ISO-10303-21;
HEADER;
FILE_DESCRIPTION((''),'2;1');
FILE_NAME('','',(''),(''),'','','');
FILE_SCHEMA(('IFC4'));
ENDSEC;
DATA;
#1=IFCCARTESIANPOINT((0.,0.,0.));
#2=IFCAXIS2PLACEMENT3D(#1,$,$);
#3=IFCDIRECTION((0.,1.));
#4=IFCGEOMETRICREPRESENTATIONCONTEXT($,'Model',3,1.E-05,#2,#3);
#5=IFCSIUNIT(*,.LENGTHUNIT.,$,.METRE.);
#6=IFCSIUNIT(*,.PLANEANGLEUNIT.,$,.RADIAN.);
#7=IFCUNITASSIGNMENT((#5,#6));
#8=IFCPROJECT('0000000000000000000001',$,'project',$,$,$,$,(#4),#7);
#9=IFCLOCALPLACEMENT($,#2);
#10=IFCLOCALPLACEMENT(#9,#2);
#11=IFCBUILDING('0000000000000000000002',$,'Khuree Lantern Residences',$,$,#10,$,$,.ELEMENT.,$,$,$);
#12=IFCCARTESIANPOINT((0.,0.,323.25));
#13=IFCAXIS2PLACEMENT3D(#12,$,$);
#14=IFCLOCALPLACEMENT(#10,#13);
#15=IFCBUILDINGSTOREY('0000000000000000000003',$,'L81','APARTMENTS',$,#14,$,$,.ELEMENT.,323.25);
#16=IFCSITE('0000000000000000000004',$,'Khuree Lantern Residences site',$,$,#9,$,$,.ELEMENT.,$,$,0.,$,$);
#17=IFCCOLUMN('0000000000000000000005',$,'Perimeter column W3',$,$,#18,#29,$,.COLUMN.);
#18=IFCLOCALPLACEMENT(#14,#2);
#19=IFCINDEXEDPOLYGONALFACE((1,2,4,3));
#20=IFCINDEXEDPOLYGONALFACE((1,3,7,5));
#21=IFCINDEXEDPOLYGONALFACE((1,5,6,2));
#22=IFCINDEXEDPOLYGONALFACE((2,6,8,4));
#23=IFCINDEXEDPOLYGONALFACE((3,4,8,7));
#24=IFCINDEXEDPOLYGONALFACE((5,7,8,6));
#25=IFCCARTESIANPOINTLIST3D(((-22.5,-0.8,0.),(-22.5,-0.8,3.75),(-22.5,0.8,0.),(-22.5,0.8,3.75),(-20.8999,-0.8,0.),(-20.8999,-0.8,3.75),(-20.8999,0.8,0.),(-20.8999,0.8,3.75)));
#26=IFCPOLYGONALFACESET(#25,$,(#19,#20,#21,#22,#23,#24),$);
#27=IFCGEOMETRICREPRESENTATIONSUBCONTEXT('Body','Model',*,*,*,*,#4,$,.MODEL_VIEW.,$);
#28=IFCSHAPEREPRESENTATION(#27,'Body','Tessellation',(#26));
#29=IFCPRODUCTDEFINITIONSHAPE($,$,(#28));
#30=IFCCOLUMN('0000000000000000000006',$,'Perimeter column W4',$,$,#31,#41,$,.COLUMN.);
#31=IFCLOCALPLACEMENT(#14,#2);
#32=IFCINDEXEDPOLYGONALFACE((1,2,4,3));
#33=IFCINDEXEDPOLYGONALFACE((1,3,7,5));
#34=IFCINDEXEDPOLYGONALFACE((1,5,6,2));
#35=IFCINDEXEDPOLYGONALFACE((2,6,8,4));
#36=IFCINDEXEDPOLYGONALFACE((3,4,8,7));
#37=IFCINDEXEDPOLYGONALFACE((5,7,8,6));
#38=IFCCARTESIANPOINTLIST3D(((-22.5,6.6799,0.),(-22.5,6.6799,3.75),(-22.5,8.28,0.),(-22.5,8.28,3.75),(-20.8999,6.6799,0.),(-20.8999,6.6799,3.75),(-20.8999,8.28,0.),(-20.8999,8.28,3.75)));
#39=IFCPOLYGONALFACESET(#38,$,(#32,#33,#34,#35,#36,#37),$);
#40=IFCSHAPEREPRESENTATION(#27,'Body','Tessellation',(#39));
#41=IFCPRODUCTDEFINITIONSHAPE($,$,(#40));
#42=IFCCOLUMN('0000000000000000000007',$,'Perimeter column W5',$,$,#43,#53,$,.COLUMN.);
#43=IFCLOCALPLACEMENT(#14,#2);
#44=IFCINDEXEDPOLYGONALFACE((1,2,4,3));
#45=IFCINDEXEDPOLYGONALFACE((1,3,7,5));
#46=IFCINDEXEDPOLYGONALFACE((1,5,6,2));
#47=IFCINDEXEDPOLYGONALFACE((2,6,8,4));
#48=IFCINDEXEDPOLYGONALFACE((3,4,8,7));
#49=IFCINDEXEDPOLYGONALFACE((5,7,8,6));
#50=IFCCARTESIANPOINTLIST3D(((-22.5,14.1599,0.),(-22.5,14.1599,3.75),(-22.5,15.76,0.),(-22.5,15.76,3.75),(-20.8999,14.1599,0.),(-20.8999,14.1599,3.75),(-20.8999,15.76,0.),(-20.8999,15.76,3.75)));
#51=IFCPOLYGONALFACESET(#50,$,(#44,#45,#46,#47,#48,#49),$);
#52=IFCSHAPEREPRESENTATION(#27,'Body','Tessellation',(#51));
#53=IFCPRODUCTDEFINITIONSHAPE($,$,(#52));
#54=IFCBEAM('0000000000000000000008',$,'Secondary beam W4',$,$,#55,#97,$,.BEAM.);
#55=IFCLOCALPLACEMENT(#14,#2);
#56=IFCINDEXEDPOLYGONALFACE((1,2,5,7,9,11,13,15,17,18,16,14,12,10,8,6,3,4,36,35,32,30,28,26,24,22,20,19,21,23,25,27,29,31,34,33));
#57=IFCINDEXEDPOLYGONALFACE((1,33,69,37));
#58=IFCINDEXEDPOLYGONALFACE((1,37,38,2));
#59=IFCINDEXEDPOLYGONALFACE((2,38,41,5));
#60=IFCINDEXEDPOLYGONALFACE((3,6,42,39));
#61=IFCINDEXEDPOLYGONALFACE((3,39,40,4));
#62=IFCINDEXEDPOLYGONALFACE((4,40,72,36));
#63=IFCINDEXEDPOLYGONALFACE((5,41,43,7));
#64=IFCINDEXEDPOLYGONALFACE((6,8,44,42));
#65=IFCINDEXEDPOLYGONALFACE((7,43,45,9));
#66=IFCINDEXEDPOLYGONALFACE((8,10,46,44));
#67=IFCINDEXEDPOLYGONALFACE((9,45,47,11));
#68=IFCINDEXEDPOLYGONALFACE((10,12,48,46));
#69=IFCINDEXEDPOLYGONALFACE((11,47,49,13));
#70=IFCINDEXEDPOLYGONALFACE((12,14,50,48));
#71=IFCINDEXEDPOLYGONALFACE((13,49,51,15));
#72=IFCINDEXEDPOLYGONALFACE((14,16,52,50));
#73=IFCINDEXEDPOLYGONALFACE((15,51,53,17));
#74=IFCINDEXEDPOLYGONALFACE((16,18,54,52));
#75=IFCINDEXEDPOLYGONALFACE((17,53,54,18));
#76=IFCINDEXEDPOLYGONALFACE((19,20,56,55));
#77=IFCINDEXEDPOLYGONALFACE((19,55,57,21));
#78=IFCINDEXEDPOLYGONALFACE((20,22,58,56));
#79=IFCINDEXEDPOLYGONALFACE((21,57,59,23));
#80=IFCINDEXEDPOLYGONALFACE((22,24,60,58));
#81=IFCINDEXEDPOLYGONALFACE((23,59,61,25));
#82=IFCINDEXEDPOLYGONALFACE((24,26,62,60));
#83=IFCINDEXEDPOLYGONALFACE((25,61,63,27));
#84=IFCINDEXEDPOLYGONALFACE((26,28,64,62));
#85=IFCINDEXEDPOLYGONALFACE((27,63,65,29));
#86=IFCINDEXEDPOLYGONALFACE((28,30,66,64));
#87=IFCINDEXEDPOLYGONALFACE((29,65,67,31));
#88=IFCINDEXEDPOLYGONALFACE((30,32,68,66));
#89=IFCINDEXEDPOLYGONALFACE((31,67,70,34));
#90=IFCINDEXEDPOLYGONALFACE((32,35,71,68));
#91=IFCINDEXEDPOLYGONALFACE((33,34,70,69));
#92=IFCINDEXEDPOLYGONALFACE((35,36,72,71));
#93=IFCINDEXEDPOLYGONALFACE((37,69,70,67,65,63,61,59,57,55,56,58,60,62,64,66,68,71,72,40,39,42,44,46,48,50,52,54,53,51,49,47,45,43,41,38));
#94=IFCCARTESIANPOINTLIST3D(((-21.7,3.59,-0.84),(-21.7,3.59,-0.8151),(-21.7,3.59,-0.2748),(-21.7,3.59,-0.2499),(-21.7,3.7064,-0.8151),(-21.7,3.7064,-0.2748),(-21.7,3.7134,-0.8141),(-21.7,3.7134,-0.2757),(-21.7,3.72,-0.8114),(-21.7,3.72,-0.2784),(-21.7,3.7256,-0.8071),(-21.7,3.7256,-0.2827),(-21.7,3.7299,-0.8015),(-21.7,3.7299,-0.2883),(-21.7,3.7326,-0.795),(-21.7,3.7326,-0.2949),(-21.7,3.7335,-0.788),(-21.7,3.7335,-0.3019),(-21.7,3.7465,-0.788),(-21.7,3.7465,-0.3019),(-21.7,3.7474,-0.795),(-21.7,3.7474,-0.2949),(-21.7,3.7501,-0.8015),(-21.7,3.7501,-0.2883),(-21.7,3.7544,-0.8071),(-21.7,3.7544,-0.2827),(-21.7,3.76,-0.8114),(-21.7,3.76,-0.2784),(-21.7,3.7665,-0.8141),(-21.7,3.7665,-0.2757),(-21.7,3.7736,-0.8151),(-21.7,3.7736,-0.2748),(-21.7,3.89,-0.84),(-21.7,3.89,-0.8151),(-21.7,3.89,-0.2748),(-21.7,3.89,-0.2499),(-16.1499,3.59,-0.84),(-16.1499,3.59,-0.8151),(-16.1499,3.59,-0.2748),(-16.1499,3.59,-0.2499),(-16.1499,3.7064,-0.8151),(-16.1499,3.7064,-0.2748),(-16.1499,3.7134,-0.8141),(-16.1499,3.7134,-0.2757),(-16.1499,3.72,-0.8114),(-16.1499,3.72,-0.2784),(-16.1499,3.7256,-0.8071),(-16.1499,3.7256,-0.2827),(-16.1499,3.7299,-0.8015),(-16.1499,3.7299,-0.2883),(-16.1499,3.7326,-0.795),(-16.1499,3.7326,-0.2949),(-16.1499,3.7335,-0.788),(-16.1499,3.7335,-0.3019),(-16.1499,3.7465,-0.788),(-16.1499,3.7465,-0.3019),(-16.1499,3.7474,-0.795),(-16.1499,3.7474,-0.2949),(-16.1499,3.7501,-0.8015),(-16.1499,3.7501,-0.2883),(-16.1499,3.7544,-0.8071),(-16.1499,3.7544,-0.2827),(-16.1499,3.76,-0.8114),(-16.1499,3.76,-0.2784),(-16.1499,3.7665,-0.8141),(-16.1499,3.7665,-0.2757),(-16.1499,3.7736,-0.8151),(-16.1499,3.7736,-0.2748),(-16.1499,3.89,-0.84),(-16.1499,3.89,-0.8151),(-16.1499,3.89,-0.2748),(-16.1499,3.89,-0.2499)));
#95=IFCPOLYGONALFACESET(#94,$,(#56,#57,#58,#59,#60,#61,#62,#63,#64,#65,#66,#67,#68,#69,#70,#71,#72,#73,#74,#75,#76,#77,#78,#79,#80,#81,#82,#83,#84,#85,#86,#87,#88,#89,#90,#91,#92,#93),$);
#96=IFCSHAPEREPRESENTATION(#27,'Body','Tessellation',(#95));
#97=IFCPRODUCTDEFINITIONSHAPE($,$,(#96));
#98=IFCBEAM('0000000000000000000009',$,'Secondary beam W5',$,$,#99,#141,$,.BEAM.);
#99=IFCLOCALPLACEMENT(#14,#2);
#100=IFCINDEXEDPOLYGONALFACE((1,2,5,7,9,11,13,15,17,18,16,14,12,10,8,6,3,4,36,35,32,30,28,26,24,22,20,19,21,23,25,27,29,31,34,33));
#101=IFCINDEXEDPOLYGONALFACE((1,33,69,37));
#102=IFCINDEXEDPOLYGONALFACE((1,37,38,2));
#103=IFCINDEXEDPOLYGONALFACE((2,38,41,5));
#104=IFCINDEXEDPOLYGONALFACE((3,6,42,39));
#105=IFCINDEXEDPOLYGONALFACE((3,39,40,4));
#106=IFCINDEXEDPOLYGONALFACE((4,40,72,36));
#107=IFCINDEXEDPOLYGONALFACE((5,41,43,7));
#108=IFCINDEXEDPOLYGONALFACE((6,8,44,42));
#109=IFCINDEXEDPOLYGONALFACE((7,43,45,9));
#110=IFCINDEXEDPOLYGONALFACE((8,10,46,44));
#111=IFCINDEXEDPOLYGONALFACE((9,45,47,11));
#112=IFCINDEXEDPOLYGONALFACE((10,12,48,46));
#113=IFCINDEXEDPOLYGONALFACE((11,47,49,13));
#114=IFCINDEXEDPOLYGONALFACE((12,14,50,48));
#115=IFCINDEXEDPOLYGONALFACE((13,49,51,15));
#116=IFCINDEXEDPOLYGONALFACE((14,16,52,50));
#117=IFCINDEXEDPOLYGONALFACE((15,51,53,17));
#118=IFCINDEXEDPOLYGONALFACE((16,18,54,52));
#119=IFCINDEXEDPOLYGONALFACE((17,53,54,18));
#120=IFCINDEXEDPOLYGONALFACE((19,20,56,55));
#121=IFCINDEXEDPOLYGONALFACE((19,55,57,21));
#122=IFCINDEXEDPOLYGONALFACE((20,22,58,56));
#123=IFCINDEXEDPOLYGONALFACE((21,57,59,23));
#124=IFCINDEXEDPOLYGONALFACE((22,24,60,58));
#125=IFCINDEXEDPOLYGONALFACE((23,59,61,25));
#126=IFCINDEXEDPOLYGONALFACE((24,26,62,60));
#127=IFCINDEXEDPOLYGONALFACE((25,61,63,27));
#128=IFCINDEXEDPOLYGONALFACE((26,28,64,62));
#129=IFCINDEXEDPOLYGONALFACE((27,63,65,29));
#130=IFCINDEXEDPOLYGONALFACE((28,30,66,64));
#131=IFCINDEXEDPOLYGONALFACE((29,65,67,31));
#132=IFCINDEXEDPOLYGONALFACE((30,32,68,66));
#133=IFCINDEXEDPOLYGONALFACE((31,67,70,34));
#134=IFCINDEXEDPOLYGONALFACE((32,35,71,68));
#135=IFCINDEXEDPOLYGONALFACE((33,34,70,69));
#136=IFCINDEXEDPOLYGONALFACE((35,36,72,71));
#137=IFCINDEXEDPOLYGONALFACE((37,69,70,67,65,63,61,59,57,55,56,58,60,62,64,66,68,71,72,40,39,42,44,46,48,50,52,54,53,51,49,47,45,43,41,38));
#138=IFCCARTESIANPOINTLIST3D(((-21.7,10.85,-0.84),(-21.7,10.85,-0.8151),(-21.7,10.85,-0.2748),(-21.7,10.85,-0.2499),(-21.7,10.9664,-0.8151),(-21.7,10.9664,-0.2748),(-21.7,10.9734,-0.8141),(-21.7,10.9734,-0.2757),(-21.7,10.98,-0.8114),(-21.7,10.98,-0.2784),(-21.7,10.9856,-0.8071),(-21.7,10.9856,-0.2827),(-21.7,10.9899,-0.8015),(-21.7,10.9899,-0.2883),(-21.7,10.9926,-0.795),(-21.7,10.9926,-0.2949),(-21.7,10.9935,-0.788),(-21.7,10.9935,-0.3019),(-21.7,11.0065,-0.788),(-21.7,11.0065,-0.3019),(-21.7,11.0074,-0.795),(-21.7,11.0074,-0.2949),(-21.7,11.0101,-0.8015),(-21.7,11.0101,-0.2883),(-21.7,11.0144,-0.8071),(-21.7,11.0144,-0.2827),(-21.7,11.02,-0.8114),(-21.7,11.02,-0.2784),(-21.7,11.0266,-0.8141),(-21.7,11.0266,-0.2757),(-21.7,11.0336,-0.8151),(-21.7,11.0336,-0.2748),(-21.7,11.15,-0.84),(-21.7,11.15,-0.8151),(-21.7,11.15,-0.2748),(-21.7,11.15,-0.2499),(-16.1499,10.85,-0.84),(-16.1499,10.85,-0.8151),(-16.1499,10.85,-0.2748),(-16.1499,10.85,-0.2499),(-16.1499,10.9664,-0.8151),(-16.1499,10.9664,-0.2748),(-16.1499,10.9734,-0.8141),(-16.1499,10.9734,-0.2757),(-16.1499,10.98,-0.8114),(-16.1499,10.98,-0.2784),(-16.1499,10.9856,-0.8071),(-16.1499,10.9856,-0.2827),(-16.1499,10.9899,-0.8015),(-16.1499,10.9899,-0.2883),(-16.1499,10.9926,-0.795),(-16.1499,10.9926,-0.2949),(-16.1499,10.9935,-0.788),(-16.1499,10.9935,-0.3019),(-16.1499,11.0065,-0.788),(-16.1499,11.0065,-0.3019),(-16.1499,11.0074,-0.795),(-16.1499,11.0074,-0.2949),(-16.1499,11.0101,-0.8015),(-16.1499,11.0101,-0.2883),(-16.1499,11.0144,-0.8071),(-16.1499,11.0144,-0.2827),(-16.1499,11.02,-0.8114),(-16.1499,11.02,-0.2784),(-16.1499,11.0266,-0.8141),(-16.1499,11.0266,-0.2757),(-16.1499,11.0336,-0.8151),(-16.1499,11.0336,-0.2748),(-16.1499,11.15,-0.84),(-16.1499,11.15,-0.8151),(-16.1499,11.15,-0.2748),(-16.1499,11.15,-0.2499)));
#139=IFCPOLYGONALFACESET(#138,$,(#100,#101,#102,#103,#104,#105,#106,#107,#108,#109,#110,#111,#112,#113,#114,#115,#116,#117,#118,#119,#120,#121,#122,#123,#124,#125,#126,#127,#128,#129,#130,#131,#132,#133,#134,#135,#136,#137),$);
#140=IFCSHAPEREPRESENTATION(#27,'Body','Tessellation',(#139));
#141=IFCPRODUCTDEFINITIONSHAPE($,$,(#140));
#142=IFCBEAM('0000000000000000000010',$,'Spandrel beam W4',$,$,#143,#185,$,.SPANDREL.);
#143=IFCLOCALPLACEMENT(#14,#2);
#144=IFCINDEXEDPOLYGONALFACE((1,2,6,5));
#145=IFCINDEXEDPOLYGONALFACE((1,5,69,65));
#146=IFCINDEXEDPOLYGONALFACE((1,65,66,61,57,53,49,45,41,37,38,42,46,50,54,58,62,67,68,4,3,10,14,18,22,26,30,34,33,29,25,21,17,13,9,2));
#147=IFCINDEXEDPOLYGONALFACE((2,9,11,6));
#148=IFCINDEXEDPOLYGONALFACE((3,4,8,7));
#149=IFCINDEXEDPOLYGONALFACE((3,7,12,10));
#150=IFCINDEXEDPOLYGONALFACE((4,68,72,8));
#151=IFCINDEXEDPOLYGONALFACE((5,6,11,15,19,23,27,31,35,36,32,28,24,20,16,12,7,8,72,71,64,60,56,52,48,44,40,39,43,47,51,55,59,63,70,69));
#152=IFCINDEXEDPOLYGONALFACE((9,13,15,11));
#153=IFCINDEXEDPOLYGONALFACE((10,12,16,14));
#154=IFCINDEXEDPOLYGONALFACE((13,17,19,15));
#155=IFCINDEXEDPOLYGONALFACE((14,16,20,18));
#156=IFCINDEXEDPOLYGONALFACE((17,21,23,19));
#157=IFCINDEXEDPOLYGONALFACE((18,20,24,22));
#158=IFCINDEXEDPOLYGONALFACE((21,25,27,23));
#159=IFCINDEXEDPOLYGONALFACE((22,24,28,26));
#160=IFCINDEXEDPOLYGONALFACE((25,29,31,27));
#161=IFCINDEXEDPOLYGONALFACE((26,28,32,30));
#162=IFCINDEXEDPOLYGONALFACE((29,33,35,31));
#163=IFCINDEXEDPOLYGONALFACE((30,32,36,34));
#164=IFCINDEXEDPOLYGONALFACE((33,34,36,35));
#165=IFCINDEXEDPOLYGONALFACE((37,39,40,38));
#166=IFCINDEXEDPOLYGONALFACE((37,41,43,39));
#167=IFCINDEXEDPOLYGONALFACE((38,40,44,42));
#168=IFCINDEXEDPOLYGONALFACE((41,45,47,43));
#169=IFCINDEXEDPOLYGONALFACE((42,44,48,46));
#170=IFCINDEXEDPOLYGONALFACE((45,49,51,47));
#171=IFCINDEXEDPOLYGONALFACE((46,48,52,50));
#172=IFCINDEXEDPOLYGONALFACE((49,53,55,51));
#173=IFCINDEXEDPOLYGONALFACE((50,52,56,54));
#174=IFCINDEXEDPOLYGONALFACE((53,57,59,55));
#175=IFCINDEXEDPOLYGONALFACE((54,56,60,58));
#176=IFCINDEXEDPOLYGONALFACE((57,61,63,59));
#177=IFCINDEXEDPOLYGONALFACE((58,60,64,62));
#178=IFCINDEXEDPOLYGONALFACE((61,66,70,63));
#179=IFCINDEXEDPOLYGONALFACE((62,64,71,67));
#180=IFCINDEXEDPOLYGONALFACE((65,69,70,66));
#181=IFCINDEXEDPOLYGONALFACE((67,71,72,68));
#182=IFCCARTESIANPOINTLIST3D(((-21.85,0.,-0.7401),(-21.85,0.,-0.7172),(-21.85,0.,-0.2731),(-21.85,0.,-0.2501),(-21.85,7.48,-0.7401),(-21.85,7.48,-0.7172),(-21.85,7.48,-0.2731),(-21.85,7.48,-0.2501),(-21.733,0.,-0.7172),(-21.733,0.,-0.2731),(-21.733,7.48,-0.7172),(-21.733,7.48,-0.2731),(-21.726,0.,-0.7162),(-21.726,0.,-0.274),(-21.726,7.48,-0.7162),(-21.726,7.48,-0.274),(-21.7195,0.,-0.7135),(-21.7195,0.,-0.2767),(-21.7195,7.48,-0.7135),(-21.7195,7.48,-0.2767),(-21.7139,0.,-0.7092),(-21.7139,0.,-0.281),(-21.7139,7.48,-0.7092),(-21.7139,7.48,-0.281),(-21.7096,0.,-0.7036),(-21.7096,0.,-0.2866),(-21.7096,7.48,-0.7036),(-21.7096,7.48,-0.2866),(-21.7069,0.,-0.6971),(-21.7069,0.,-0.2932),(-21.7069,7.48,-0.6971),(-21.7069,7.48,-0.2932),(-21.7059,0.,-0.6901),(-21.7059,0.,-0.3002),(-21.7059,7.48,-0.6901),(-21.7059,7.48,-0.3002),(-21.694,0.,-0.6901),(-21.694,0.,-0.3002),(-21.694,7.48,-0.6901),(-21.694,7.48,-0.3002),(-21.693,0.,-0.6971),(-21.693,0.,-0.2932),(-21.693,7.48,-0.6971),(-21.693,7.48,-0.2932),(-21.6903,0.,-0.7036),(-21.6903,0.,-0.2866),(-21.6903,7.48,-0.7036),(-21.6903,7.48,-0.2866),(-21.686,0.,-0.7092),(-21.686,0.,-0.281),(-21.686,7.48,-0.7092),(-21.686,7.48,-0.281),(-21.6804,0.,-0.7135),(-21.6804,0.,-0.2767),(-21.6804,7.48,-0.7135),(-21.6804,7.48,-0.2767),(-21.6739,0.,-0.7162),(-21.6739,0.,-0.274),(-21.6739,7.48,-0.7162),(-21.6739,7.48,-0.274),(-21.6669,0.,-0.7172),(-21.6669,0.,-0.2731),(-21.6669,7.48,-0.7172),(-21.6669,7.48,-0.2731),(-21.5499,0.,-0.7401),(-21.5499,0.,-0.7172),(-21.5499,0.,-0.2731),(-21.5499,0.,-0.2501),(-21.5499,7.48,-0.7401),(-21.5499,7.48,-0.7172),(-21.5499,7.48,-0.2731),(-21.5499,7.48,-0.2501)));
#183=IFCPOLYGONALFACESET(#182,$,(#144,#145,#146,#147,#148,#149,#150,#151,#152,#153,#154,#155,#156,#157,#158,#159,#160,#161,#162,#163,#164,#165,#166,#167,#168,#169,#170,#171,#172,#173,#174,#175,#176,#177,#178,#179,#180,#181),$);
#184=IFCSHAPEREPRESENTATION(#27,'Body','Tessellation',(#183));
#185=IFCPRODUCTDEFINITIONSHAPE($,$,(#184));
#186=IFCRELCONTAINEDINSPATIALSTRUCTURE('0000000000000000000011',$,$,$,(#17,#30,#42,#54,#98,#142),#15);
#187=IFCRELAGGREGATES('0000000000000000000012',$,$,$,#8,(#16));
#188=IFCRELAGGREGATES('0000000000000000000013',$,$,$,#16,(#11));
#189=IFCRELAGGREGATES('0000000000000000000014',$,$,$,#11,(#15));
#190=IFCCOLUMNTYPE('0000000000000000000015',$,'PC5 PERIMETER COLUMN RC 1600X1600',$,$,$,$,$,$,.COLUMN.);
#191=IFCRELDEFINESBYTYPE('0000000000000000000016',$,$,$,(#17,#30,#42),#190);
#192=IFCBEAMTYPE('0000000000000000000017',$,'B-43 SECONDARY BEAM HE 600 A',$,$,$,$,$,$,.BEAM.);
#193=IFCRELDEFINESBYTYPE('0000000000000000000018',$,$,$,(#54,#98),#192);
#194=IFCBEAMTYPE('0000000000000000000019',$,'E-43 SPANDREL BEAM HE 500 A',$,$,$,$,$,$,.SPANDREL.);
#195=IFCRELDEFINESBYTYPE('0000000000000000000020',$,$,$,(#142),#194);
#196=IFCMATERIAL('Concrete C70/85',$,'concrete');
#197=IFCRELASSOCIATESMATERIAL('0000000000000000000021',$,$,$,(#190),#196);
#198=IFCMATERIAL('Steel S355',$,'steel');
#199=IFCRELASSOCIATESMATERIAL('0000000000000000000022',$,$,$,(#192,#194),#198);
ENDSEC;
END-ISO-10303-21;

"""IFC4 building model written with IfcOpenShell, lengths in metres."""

from ifc_helpers import new_model, si_unit, direction, frame, origin, origin_2d, place, context, subcontext, project, spatial, rectangle, i_section, extrude, material, material_profile, profile_set, type_object, element, save


model = new_model("IFC4")

# Units and contexts
model_context = context("Model", 3, precision=1e-05, world=origin(), true_north=direction((0.0, 1.0)))
body_context = subcontext(model_context, "Body", "Model", "MODEL_VIEW")
ifc_project = project(units=[si_unit("LENGTHUNIT", "METRE"), si_unit("PLANEANGLEUNIT", "RADIAN")], contexts=[model_context])

# Site, building, storey
site_placement = place(None, origin())
site = spatial("IfcSite", under=ifc_project, at=site_placement, Name="Khuree Lantern Residences site", CompositionType="ELEMENT", RefElevation=0.0)
building_placement = place(site_placement, origin())
building = spatial("IfcBuilding", under=site, at=building_placement, Name="Khuree Lantern Residences", CompositionType="ELEMENT")
storey_placement = place(building_placement, frame((0.0, 0.0, 323.25)))
storey = spatial("IfcBuildingStorey", under=building, at=storey_placement, Name="L81", Description="APARTMENTS", CompositionType="ELEMENT", Elevation=323.25)

# Columns
ifc_material_1 = material(Name="Concrete C70/85", Category="concrete")
ifc_material_profile_1 = material_profile(ifc_material_1, rectangle(XDim=1.6001, YDim=1.6001, at=origin_2d()), Name="RC 1600X1600")
ifc_profile_set_1 = profile_set([ifc_material_profile_1], Name="Concrete C70/85")
column_type = type_object("IfcColumnType", Name="PC5 PERIMETER COLUMN RC 1600X1600", PredefinedType="COLUMN", material=ifc_profile_set_1)
for number, where, z_axis, x_axis, name in (
    (1, (-21.7, 0.0, 0.0), (0.0, 0.0, 1.0), (0.0, 1.0, 0.0), "Perimeter column W3"),
    (2, (-21.7, 7.48, 0.0), (0.0, 0.0, 1.0), (0.0, 1.0, 0.0), "Perimeter column W4"),
    (3, (-21.7, 14.96, 0.0), (0.0, 0.0, 1.0), (0.0, 1.0, 0.0), "Perimeter column W5"),
):
    element("IfcColumn", number, at=place(storey_placement, frame(where, z_axis=z_axis, x_axis=x_axis)), inside=storey, type_object=column_type, Name=name, PredefinedType="COLUMN", context=body_context, shape_type="SweptSolid", body=[
        extrude(rectangle(XDim=1.6001, YDim=1.6001, at=origin_2d()), origin(), (0.0, 0.0, 1.0), 3.75),
    ])

# Beams
ifc_material_2 = material(Name="Steel S355", Category="steel")
ifc_material_profile_2 = material_profile(ifc_material_2, i_section(OverallWidth=0.3, OverallDepth=0.5901, WebThickness=0.0129, FlangeThickness=0.0249, FilletRadius=0.0271, at=origin_2d()), Name="HE 600 A")
ifc_profile_set_2 = profile_set([ifc_material_profile_2], Name="Steel S355")
beam_type_1 = type_object("IfcBeamType", Name="B-43 SECONDARY BEAM HE 600 A", PredefinedType="BEAM", material=ifc_profile_set_2)
for number, where, z_axis, x_axis, name in (
    (4, (-21.7, 3.74, -0.5449), (1.0, 0.0, 0.0), (0.0, 1.0, 0.0), "Secondary beam W4"),
    (5, (-21.7, 11.0, -0.5449), (1.0, 0.0, 0.0), (0.0, 1.0, 0.0), "Secondary beam W5"),
):
    element("IfcBeam", number, at=place(storey_placement, frame(where, z_axis=z_axis, x_axis=x_axis)), inside=storey, type_object=beam_type_1, Name=name, PredefinedType="BEAM", context=body_context, shape_type="SweptSolid", body=[
        extrude(i_section(OverallWidth=0.3, OverallDepth=0.5901, WebThickness=0.0129, FlangeThickness=0.0249, FilletRadius=0.0271, at=origin_2d()), origin(), (0.0, 0.0, 1.0), 5.55),
    ])
ifc_material_profile_3 = material_profile(ifc_material_2, i_section(OverallWidth=0.3, OverallDepth=0.49, WebThickness=0.012, FlangeThickness=0.0229, FilletRadius=0.0271, at=origin_2d()), Name="HE 500 A")
ifc_profile_set_3 = profile_set([ifc_material_profile_3], Name="Steel S355")
beam_type_2 = type_object("IfcBeamType", Name="E-43 SPANDREL BEAM HE 500 A", PredefinedType="SPANDREL", material=ifc_profile_set_3)
for number, where, z_axis, x_axis, name in (
    (6, (-21.7, 0.0, -0.4951), (0.0, 1.0, 0.0), (-1.0, 0.0, 0.0), "Spandrel beam W4"),
):
    element("IfcBeam", number, at=place(storey_placement, frame(where, z_axis=z_axis, x_axis=x_axis)), inside=storey, type_object=beam_type_2, Name=name, PredefinedType="SPANDREL", context=body_context, shape_type="SweptSolid", body=[
        extrude(i_section(OverallWidth=0.3, OverallDepth=0.49, WebThickness=0.012, FlangeThickness=0.0229, FilletRadius=0.0271, at=origin_2d()), origin(), (0.0, 0.0, 1.0), 7.48),
    ])

save(model, "model.ifc")
